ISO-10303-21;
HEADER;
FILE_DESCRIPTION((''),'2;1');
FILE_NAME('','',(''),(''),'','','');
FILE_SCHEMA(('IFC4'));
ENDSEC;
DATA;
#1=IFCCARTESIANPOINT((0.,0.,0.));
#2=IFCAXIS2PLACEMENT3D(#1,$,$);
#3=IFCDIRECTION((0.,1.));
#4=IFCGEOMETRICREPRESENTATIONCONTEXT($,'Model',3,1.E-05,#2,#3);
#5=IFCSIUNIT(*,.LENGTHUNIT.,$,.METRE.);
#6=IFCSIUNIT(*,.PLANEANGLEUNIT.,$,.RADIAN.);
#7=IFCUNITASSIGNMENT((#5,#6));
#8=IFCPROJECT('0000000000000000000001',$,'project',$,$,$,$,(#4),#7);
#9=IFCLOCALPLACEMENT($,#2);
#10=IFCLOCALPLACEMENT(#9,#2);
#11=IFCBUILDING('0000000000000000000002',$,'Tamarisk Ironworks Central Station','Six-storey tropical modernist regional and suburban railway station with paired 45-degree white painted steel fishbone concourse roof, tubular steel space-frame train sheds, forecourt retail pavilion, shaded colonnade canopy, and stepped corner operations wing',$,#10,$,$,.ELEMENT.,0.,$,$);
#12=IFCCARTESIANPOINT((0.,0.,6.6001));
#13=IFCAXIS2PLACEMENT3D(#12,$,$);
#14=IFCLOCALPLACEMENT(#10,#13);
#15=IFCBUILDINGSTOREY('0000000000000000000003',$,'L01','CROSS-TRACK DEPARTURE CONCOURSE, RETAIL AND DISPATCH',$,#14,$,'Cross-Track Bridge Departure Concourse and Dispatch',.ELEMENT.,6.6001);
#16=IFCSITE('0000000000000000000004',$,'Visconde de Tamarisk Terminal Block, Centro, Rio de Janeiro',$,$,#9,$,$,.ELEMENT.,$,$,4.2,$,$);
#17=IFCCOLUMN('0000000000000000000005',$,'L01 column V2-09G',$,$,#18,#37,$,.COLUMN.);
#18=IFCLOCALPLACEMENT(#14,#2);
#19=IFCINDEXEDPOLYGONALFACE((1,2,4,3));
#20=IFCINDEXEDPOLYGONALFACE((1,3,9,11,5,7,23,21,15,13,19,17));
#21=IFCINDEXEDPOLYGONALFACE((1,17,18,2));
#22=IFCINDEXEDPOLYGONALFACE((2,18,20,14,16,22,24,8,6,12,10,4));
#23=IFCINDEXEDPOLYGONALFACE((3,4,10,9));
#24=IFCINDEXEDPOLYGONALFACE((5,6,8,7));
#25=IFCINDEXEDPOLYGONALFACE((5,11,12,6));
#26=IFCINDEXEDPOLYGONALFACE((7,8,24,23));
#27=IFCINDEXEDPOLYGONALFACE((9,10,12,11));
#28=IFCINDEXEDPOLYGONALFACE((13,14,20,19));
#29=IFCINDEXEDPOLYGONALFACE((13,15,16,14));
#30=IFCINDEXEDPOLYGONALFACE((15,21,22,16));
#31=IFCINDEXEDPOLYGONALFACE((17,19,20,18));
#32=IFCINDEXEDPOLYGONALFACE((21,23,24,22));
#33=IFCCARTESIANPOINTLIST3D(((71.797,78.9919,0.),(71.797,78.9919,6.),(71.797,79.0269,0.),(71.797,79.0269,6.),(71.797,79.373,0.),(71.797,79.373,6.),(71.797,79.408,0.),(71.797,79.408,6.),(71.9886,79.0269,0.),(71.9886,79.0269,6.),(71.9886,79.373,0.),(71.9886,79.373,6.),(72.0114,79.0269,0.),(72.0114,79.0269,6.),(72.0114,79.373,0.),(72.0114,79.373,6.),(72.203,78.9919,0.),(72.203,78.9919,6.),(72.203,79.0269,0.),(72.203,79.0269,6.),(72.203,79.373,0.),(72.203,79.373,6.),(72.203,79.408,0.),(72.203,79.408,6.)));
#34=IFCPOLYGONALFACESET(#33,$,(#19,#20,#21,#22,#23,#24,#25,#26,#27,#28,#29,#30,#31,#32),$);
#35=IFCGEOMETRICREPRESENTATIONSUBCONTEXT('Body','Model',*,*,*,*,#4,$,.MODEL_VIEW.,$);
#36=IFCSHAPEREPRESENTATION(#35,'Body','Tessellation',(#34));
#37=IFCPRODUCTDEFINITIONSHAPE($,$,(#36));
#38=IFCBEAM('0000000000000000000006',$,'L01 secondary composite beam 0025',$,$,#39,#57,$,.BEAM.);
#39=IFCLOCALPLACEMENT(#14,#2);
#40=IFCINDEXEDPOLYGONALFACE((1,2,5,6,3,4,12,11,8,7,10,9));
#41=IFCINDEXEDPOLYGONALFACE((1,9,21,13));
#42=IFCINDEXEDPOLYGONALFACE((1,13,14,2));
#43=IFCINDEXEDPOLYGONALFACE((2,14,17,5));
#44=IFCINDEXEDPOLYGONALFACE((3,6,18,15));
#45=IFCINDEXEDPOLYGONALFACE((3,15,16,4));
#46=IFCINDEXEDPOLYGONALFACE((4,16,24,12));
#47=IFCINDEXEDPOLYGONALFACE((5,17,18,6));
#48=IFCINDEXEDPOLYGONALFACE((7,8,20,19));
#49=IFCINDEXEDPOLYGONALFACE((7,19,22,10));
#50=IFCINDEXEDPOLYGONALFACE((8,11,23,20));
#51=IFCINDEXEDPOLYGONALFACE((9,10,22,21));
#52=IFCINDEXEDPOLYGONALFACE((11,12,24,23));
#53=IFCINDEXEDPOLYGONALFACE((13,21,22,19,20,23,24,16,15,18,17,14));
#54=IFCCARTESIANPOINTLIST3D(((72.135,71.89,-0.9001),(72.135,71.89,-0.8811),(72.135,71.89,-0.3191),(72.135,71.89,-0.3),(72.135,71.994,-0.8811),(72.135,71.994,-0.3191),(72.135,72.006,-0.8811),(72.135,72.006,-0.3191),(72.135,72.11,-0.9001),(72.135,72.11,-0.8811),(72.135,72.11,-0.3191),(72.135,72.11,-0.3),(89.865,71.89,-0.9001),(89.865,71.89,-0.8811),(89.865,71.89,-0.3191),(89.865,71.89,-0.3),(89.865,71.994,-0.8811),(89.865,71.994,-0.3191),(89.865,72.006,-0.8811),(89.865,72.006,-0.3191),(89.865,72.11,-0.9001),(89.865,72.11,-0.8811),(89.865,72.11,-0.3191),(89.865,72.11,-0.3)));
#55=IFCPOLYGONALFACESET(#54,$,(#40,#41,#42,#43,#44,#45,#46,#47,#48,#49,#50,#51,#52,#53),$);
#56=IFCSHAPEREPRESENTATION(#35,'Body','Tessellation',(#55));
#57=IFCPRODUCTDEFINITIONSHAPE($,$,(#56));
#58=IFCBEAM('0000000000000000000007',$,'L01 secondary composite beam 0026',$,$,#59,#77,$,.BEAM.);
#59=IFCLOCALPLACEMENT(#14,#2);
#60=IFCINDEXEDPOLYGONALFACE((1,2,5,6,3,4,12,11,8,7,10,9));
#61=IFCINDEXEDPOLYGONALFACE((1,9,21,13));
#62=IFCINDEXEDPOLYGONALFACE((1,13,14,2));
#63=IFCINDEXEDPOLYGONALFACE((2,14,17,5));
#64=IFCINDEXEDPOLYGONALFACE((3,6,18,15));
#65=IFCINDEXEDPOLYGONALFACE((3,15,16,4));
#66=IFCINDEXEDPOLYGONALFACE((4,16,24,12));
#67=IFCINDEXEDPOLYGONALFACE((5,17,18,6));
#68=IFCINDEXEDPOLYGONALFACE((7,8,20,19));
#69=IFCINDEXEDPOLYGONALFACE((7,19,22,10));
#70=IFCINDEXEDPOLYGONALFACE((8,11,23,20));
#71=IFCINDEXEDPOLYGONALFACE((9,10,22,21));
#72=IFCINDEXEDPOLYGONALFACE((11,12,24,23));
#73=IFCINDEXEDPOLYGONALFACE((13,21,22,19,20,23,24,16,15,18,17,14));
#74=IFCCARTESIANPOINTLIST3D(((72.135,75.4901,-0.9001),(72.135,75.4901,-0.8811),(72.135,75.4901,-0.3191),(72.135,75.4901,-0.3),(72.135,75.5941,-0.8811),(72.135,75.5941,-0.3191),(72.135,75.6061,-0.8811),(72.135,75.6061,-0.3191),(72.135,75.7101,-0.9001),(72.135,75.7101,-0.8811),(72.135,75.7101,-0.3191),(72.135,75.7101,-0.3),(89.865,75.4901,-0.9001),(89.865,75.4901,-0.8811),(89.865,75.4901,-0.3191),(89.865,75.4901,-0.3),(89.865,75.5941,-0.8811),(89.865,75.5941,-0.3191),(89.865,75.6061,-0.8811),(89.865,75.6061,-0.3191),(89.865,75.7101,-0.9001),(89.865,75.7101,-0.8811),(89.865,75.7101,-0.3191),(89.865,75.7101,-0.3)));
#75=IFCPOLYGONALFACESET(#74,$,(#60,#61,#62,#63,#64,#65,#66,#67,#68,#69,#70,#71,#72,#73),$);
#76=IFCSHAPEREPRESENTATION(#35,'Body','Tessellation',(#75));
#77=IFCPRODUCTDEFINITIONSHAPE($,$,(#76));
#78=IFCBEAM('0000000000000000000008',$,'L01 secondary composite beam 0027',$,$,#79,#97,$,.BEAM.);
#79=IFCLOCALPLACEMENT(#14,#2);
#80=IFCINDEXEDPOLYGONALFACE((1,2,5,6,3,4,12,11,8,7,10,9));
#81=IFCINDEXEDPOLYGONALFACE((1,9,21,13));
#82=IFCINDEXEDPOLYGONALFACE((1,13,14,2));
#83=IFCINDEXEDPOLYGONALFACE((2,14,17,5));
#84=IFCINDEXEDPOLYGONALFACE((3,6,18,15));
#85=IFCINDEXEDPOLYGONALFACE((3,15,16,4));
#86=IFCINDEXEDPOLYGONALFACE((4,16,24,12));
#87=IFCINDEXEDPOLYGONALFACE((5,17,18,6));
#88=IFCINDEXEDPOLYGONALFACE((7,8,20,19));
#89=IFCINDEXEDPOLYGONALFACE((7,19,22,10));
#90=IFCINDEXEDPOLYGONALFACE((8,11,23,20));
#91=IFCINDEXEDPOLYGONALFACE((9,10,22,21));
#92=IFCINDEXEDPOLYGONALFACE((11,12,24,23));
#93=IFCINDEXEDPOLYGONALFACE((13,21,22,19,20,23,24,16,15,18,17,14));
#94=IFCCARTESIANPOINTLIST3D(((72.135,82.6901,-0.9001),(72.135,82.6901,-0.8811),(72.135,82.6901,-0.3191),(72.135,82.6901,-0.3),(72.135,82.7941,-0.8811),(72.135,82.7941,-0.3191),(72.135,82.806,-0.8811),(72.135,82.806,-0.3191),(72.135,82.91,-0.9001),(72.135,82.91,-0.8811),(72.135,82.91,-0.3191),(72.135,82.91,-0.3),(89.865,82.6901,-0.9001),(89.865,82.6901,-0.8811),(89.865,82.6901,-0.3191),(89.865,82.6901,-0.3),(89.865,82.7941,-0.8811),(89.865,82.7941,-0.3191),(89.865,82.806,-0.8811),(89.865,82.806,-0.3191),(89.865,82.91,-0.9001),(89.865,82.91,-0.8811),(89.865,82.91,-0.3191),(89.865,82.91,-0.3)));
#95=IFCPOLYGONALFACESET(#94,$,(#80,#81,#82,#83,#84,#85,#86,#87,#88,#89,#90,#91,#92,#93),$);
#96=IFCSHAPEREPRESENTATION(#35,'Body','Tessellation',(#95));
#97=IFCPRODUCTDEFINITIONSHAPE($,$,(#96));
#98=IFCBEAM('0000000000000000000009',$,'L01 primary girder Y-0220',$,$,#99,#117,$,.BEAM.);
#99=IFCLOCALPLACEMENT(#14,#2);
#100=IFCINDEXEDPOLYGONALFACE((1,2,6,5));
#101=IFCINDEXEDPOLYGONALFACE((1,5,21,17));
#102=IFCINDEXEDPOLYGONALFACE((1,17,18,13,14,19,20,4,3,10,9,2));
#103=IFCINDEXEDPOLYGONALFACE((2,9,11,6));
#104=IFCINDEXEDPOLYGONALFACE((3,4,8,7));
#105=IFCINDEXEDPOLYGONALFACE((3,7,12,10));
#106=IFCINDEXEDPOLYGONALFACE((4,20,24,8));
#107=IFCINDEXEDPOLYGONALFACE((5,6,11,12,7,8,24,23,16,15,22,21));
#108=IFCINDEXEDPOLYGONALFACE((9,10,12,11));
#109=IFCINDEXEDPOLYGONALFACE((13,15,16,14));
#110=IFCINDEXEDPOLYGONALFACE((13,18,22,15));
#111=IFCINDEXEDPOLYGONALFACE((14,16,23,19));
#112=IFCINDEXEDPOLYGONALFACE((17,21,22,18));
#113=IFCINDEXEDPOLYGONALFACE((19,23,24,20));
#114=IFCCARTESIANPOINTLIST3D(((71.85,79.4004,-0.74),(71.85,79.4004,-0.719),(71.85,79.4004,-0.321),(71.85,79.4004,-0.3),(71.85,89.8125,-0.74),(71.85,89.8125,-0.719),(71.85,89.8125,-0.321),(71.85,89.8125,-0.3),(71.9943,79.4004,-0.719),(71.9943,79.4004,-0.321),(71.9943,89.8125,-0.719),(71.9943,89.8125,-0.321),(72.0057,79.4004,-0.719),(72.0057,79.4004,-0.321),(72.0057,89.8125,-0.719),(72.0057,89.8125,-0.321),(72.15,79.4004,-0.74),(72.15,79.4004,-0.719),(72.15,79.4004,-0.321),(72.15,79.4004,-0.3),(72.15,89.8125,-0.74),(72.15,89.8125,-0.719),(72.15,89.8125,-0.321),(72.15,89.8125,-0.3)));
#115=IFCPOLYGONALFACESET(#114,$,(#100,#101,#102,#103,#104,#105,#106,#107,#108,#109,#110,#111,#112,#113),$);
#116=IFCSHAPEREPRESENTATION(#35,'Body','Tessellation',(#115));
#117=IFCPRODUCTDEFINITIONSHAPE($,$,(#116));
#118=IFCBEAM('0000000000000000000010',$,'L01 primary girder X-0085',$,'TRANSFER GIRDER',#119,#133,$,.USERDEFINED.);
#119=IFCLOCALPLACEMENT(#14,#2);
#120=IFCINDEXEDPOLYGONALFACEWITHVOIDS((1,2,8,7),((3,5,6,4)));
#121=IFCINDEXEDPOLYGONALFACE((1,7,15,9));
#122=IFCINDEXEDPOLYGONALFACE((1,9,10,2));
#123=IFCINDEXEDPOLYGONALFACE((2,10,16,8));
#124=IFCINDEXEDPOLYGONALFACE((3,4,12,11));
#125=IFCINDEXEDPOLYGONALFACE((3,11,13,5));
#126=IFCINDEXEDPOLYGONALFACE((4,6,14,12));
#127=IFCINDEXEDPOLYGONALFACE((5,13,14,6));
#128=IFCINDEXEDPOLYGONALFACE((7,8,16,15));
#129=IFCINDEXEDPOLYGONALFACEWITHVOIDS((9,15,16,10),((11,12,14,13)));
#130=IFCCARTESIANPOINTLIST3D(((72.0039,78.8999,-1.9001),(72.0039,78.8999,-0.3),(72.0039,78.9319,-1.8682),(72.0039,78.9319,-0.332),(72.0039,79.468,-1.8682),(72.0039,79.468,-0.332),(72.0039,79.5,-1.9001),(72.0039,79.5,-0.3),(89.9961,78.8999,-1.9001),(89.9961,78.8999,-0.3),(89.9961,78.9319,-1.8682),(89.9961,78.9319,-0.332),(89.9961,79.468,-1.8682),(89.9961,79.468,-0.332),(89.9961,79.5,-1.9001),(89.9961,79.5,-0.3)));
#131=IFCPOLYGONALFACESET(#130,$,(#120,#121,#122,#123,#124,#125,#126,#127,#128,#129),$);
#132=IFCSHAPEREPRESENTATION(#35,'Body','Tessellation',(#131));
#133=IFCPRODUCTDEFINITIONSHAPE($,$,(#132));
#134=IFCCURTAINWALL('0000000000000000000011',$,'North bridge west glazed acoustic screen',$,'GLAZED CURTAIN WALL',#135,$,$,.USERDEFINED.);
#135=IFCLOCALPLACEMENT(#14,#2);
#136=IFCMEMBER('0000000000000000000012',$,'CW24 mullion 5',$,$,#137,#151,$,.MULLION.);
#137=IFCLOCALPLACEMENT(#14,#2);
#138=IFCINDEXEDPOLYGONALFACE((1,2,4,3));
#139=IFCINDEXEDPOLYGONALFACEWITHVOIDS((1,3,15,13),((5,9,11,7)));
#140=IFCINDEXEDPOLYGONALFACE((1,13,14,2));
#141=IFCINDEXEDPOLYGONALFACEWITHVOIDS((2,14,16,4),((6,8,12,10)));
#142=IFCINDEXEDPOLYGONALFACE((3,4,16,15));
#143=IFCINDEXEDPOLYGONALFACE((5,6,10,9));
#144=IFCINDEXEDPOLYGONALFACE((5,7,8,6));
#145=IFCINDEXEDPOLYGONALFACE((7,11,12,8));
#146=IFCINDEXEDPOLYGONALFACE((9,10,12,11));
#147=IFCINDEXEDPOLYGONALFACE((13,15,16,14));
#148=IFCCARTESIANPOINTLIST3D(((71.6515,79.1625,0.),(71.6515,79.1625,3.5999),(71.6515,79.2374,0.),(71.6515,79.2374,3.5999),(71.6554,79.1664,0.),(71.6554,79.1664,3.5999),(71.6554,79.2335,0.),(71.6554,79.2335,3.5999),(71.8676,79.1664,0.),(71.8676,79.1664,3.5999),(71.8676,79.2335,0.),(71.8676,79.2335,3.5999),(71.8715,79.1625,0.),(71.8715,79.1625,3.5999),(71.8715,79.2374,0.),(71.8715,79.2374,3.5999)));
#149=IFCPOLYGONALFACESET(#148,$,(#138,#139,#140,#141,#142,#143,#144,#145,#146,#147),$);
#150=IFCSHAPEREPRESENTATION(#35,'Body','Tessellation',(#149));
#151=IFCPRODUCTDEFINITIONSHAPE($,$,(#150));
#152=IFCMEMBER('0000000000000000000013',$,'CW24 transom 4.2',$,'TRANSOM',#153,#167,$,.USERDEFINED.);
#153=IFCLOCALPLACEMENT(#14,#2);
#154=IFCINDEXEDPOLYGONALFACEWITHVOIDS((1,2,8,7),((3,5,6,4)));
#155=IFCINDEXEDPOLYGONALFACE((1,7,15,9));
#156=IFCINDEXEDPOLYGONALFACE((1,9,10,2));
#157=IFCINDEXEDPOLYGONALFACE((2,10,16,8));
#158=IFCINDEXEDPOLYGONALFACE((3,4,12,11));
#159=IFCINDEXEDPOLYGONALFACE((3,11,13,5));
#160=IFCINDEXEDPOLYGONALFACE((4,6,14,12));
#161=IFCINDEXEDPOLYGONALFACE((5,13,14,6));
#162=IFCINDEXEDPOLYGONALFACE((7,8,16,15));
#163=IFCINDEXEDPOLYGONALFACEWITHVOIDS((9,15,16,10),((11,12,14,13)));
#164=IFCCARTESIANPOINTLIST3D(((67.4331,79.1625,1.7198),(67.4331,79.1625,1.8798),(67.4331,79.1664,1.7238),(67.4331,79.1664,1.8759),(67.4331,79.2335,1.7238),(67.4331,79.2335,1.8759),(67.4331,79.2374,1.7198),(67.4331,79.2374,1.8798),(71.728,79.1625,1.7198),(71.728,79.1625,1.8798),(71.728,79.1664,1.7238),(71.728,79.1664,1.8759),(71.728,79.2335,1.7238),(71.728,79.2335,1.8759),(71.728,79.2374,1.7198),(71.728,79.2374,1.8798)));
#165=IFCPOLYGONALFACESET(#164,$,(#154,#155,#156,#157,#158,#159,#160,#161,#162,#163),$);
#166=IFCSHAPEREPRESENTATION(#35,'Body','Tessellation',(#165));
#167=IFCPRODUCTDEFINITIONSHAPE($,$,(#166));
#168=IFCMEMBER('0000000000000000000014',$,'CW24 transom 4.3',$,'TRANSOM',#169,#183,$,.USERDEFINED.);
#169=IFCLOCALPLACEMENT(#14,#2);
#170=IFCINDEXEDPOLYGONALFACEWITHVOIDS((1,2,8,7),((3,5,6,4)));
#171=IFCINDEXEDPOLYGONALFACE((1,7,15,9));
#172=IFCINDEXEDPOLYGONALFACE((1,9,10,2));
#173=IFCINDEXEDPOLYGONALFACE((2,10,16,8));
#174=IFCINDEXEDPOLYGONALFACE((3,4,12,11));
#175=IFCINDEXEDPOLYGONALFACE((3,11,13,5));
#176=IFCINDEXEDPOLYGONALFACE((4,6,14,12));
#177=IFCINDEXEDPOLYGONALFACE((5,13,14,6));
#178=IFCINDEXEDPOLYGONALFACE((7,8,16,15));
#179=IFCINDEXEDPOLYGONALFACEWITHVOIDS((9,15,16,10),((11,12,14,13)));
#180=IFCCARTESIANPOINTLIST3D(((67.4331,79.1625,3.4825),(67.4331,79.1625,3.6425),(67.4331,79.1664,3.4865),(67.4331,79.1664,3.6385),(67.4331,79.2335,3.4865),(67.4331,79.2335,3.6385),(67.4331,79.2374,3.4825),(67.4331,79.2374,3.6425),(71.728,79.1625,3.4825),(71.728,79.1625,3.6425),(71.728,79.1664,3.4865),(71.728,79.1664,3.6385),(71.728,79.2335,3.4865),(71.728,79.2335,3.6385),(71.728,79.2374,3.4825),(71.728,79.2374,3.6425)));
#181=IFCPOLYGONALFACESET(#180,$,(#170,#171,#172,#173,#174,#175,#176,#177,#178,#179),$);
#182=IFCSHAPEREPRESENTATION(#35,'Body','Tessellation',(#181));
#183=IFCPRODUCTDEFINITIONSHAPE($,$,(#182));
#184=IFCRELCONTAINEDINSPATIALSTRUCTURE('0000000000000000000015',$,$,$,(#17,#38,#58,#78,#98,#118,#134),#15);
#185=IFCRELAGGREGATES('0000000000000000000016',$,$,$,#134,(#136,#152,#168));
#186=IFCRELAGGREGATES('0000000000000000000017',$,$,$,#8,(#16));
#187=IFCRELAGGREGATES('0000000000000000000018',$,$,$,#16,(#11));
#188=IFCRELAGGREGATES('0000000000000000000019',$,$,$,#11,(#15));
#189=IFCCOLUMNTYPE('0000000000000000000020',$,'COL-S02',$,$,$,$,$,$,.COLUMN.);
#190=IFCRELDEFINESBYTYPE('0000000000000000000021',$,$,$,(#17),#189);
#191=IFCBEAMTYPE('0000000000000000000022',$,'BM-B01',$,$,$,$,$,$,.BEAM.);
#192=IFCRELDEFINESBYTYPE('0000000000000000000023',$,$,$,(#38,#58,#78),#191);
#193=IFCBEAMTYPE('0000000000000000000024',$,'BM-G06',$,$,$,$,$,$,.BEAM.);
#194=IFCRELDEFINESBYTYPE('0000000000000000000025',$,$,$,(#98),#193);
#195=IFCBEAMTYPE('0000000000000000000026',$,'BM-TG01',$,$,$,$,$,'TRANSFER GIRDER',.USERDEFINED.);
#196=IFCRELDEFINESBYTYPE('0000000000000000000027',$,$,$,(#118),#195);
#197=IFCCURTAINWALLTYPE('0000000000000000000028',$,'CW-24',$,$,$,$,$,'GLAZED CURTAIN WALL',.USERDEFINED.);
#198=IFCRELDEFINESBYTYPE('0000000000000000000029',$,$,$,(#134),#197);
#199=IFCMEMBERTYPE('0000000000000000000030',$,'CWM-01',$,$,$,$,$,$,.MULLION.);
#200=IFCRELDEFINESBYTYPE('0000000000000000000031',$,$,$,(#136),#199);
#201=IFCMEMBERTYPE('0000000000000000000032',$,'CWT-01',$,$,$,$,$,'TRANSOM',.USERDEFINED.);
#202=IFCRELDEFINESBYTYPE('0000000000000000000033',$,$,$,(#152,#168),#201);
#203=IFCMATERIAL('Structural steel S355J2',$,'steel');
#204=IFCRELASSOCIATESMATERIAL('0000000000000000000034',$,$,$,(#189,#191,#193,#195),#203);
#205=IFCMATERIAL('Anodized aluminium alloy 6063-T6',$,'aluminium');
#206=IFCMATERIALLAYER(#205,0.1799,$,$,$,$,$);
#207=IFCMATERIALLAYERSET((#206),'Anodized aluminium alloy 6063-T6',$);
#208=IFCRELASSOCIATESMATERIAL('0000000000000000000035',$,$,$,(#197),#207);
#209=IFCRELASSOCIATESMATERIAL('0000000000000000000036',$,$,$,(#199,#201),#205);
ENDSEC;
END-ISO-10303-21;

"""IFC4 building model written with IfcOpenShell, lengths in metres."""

from ifc_helpers import new_model, si_unit, direction, frame, origin, origin_2d, place, context, subcontext, project, spatial, hollow_rectangle, i_section, extrude, material, layer, layer_set, material_profile, profile_set, type_object, element, aggregate, save


model = new_model("IFC4")

# Units and contexts
model_context = context("Model", 3, precision=1e-05, world=origin(), true_north=direction((0.0, 1.0)))
body_context = subcontext(model_context, "Body", "Model", "MODEL_VIEW")
ifc_project = project(units=[si_unit("LENGTHUNIT", "METRE"), si_unit("PLANEANGLEUNIT", "RADIAN")], contexts=[model_context])

# Site, building, storey
site_placement = place(None, origin())
site = spatial("IfcSite", under=ifc_project, at=site_placement, Name="Visconde de Tamarisk Terminal Block, Centro, Rio de Janeiro", CompositionType="ELEMENT", RefElevation=4.2)
building_placement = place(site_placement, origin())
building = spatial("IfcBuilding", under=site, at=building_placement, Name="Tamarisk Ironworks Central Station", Description="Six-storey tropical modernist regional and suburban railway station with paired 45-degree white painted steel fishbone concourse roof, tubular steel space-frame train sheds, forecourt retail pavilion, shaded colonnade canopy, and stepped corner operations wing", CompositionType="ELEMENT", ElevationOfRefHeight=0.0)
storey_placement = place(building_placement, frame((0.0, 0.0, 6.6001)))
storey = spatial("IfcBuildingStorey", under=building, at=storey_placement, Name="L01", Description="CROSS-TRACK DEPARTURE CONCOURSE, RETAIL AND DISPATCH", LongName="Cross-Track Bridge Departure Concourse and Dispatch", CompositionType="ELEMENT", Elevation=6.6001)

# Column
ifc_material_1 = material(Name="Structural steel S355J2", Category="steel")
ifc_material_profile_1 = material_profile(ifc_material_1, i_section(OverallWidth=0.406, OverallDepth=0.416, WebThickness=0.0227, FlangeThickness=0.0349, at=origin_2d()), Name="HD 400x382")
ifc_profile_set_1 = profile_set([ifc_material_profile_1], Name="Structural steel S355J2")
column_type = type_object("IfcColumnType", Name="COL-S02", PredefinedType="COLUMN", material=ifc_profile_set_1)
column_placement = place(storey_placement, frame((72.0, 79.2, 0.0), z_axis=(0.0, 0.0, 1.0), x_axis=(1.0, 0.0, 0.0)))
element("IfcColumn", 1, at=column_placement, inside=storey, type_object=column_type, Name="L01 column V2-09G", PredefinedType="COLUMN", context=body_context, shape_type="SweptSolid", body=[
    extrude(i_section(OverallWidth=0.406, OverallDepth=0.416, WebThickness=0.0227, FlangeThickness=0.0349, at=origin_2d()), origin(), (0.0, 0.0, 1.0), 6.0),
])

# Beams
ifc_material_profile_2 = material_profile(ifc_material_1, i_section(OverallWidth=0.22, OverallDepth=0.6001, WebThickness=0.012, FlangeThickness=0.019, at=origin_2d()), Name="IPE 600")
ifc_profile_set_2 = profile_set([ifc_material_profile_2], Name="Structural steel S355J2")
beam_type_1 = type_object("IfcBeamType", Name="BM-B01", PredefinedType="BEAM", material=ifc_profile_set_2)
for number, where, z_axis, x_axis, name in (
    (2, (72.135, 72.0, -0.6001), (1.0, 0.0, 0.0), (0.0, 1.0, 0.0), "L01 secondary composite beam 0025"),
    (3, (72.135, 75.6001, -0.6001), (1.0, 0.0, 0.0), (0.0, 1.0, 0.0), "L01 secondary composite beam 0026"),
    (4, (72.135, 82.8, -0.6001), (1.0, 0.0, 0.0), (0.0, 1.0, 0.0), "L01 secondary composite beam 0027"),
):
    element("IfcBeam", number, at=place(storey_placement, frame(where, z_axis=z_axis, x_axis=x_axis)), inside=storey, type_object=beam_type_1, Name=name, PredefinedType="BEAM", context=body_context, shape_type="SweptSolid", body=[
        extrude(i_section(OverallWidth=0.22, OverallDepth=0.6001, WebThickness=0.012, FlangeThickness=0.019, at=origin_2d()), origin(), (0.0, 0.0, 1.0), 17.73),
    ])
ifc_material_profile_3 = material_profile(ifc_material_1, i_section(OverallWidth=0.3, OverallDepth=0.4399, WebThickness=0.0115, FlangeThickness=0.021, at=origin_2d()), Name="HEA 450")
ifc_profile_set_3 = profile_set([ifc_material_profile_3], Name="Structural steel S355J2")
beam_type_2 = type_object("IfcBeamType", Name="BM-G06", PredefinedType="BEAM", material=ifc_profile_set_3)
beam_1_placement = place(storey_placement, frame((72.0, 79.4004, -0.52), z_axis=(0.0, 1.0, 0.0), x_axis=(-1.0, 0.0, 0.0)))
element("IfcBeam", 5, at=beam_1_placement, inside=storey, type_object=beam_type_2, Name="L01 primary girder Y-0220", PredefinedType="BEAM", context=body_context, shape_type="SweptSolid", body=[
    extrude(i_section(OverallWidth=0.3, OverallDepth=0.4399, WebThickness=0.0115, FlangeThickness=0.021, at=origin_2d()), origin(), (0.0, 0.0, 1.0), 10.4121),
])
ifc_material_profile_4 = material_profile(ifc_material_1, hollow_rectangle(XDim=0.6001, YDim=1.6001, WallThickness=0.032, at=origin_2d()), Name="BOX 600x1600x32")
ifc_profile_set_4 = profile_set([ifc_material_profile_4], Name="Structural steel S355J2")
beam_type_3 = type_object("IfcBeamType", Name="BM-TG01", ElementType="TRANSFER GIRDER", PredefinedType="USERDEFINED", material=ifc_profile_set_4)
beam_2_placement = place(storey_placement, frame((72.0039, 79.2, -1.1001), z_axis=(1.0, 0.0, 0.0), x_axis=(0.0, 1.0, 0.0)))
element("IfcBeam", 6, at=beam_2_placement, inside=storey, type_object=beam_type_3, Name="L01 primary girder X-0085", ObjectType="TRANSFER GIRDER", PredefinedType="USERDEFINED", context=body_context, shape_type="SweptSolid", body=[
    extrude(hollow_rectangle(XDim=0.6001, YDim=1.6001, WallThickness=0.032, at=origin_2d()), origin(), (0.0, 0.0, 1.0), 17.9922),
])

# Curtain wall, members
ifc_material_2 = material(Name="Anodized aluminium alloy 6063-T6", Category="aluminium")
ifc_layer_1 = layer(ifc_material_2, 0.1799)
ifc_layer_set_1 = layer_set([ifc_layer_1], Name="Anodized aluminium alloy 6063-T6")
curtain_wall_type = type_object("IfcCurtainWallType", Name="CW-24", ElementType="GLAZED CURTAIN WALL", PredefinedType="USERDEFINED", material=ifc_layer_set_1)
curtain_wall_placement = place(storey_placement, origin())
curtain_wall = element("IfcCurtainWall", 7, at=curtain_wall_placement, inside=storey, type_object=curtain_wall_type, Name="North bridge west glazed acoustic screen", ObjectType="GLAZED CURTAIN WALL", PredefinedType="USERDEFINED")
ifc_material_profile_5 = material_profile(ifc_material_2, hollow_rectangle(XDim=0.075, YDim=0.22, WallThickness=0.0039, at=origin_2d()), Name="ALUM 220x75")
ifc_profile_set_5 = profile_set([ifc_material_profile_5], Name="Anodized aluminium alloy 6063-T6")
member_type_1 = type_object("IfcMemberType", Name="CWM-01", PredefinedType="MULLION", material=ifc_profile_set_5)
member_1_placement = place(storey_placement, frame((71.7615, 79.2, 0.0), z_axis=(0.0, 0.0, 1.0), x_axis=(0.0, 1.0, 0.0)))
member_1 = element("IfcMember", 8, at=member_1_placement, type_object=member_type_1, Name="CW24 mullion 5", PredefinedType="MULLION", context=body_context, shape_type="SweptSolid", body=[
    extrude(hollow_rectangle(XDim=0.075, YDim=0.22, WallThickness=0.0039, at=origin_2d()), origin(), (0.0, 0.0, 1.0), 3.5999),
])
ifc_material_profile_6 = material_profile(ifc_material_2, hollow_rectangle(XDim=0.075, YDim=0.1599, WallThickness=0.0039, at=origin_2d()), Name="ALUM 160x75")
ifc_profile_set_6 = profile_set([ifc_material_profile_6], Name="Anodized aluminium alloy 6063-T6")
member_type_2 = type_object("IfcMemberType", Name="CWT-01", ElementType="TRANSOM", PredefinedType="USERDEFINED", material=ifc_profile_set_6)
member_2_placement = place(storey_placement, frame((67.4331, 79.2, 1.7998), z_axis=(1.0, 0.0, 0.0), x_axis=(0.0, 1.0, 0.0)))
member_2 = element("IfcMember", 9, at=member_2_placement, type_object=member_type_2, Name="CW24 transom 4.2", ObjectType="TRANSOM", PredefinedType="USERDEFINED", context=body_context, shape_type="SweptSolid", body=[
    extrude(hollow_rectangle(XDim=0.075, YDim=0.1599, WallThickness=0.0039, at=origin_2d()), origin(), (0.0, 0.0, 1.0), 4.2949),
])
member_3_placement = place(storey_placement, frame((67.4331, 79.2, 3.5625), z_axis=(1.0, 0.0, 0.0), x_axis=(0.0, 1.0, 0.0)))
member_3 = element("IfcMember", 10, at=member_3_placement, type_object=member_type_2, Name="CW24 transom 4.3", ObjectType="TRANSOM", PredefinedType="USERDEFINED", context=body_context, shape_type="SweptSolid", body=[
    extrude(hollow_rectangle(XDim=0.075, YDim=0.1599, WallThickness=0.0039, at=origin_2d()), origin(), (0.0, 0.0, 1.0), 4.2949),
])

aggregate(curtain_wall, [member_1, member_2, member_3])

save(model, "model.ifc")
